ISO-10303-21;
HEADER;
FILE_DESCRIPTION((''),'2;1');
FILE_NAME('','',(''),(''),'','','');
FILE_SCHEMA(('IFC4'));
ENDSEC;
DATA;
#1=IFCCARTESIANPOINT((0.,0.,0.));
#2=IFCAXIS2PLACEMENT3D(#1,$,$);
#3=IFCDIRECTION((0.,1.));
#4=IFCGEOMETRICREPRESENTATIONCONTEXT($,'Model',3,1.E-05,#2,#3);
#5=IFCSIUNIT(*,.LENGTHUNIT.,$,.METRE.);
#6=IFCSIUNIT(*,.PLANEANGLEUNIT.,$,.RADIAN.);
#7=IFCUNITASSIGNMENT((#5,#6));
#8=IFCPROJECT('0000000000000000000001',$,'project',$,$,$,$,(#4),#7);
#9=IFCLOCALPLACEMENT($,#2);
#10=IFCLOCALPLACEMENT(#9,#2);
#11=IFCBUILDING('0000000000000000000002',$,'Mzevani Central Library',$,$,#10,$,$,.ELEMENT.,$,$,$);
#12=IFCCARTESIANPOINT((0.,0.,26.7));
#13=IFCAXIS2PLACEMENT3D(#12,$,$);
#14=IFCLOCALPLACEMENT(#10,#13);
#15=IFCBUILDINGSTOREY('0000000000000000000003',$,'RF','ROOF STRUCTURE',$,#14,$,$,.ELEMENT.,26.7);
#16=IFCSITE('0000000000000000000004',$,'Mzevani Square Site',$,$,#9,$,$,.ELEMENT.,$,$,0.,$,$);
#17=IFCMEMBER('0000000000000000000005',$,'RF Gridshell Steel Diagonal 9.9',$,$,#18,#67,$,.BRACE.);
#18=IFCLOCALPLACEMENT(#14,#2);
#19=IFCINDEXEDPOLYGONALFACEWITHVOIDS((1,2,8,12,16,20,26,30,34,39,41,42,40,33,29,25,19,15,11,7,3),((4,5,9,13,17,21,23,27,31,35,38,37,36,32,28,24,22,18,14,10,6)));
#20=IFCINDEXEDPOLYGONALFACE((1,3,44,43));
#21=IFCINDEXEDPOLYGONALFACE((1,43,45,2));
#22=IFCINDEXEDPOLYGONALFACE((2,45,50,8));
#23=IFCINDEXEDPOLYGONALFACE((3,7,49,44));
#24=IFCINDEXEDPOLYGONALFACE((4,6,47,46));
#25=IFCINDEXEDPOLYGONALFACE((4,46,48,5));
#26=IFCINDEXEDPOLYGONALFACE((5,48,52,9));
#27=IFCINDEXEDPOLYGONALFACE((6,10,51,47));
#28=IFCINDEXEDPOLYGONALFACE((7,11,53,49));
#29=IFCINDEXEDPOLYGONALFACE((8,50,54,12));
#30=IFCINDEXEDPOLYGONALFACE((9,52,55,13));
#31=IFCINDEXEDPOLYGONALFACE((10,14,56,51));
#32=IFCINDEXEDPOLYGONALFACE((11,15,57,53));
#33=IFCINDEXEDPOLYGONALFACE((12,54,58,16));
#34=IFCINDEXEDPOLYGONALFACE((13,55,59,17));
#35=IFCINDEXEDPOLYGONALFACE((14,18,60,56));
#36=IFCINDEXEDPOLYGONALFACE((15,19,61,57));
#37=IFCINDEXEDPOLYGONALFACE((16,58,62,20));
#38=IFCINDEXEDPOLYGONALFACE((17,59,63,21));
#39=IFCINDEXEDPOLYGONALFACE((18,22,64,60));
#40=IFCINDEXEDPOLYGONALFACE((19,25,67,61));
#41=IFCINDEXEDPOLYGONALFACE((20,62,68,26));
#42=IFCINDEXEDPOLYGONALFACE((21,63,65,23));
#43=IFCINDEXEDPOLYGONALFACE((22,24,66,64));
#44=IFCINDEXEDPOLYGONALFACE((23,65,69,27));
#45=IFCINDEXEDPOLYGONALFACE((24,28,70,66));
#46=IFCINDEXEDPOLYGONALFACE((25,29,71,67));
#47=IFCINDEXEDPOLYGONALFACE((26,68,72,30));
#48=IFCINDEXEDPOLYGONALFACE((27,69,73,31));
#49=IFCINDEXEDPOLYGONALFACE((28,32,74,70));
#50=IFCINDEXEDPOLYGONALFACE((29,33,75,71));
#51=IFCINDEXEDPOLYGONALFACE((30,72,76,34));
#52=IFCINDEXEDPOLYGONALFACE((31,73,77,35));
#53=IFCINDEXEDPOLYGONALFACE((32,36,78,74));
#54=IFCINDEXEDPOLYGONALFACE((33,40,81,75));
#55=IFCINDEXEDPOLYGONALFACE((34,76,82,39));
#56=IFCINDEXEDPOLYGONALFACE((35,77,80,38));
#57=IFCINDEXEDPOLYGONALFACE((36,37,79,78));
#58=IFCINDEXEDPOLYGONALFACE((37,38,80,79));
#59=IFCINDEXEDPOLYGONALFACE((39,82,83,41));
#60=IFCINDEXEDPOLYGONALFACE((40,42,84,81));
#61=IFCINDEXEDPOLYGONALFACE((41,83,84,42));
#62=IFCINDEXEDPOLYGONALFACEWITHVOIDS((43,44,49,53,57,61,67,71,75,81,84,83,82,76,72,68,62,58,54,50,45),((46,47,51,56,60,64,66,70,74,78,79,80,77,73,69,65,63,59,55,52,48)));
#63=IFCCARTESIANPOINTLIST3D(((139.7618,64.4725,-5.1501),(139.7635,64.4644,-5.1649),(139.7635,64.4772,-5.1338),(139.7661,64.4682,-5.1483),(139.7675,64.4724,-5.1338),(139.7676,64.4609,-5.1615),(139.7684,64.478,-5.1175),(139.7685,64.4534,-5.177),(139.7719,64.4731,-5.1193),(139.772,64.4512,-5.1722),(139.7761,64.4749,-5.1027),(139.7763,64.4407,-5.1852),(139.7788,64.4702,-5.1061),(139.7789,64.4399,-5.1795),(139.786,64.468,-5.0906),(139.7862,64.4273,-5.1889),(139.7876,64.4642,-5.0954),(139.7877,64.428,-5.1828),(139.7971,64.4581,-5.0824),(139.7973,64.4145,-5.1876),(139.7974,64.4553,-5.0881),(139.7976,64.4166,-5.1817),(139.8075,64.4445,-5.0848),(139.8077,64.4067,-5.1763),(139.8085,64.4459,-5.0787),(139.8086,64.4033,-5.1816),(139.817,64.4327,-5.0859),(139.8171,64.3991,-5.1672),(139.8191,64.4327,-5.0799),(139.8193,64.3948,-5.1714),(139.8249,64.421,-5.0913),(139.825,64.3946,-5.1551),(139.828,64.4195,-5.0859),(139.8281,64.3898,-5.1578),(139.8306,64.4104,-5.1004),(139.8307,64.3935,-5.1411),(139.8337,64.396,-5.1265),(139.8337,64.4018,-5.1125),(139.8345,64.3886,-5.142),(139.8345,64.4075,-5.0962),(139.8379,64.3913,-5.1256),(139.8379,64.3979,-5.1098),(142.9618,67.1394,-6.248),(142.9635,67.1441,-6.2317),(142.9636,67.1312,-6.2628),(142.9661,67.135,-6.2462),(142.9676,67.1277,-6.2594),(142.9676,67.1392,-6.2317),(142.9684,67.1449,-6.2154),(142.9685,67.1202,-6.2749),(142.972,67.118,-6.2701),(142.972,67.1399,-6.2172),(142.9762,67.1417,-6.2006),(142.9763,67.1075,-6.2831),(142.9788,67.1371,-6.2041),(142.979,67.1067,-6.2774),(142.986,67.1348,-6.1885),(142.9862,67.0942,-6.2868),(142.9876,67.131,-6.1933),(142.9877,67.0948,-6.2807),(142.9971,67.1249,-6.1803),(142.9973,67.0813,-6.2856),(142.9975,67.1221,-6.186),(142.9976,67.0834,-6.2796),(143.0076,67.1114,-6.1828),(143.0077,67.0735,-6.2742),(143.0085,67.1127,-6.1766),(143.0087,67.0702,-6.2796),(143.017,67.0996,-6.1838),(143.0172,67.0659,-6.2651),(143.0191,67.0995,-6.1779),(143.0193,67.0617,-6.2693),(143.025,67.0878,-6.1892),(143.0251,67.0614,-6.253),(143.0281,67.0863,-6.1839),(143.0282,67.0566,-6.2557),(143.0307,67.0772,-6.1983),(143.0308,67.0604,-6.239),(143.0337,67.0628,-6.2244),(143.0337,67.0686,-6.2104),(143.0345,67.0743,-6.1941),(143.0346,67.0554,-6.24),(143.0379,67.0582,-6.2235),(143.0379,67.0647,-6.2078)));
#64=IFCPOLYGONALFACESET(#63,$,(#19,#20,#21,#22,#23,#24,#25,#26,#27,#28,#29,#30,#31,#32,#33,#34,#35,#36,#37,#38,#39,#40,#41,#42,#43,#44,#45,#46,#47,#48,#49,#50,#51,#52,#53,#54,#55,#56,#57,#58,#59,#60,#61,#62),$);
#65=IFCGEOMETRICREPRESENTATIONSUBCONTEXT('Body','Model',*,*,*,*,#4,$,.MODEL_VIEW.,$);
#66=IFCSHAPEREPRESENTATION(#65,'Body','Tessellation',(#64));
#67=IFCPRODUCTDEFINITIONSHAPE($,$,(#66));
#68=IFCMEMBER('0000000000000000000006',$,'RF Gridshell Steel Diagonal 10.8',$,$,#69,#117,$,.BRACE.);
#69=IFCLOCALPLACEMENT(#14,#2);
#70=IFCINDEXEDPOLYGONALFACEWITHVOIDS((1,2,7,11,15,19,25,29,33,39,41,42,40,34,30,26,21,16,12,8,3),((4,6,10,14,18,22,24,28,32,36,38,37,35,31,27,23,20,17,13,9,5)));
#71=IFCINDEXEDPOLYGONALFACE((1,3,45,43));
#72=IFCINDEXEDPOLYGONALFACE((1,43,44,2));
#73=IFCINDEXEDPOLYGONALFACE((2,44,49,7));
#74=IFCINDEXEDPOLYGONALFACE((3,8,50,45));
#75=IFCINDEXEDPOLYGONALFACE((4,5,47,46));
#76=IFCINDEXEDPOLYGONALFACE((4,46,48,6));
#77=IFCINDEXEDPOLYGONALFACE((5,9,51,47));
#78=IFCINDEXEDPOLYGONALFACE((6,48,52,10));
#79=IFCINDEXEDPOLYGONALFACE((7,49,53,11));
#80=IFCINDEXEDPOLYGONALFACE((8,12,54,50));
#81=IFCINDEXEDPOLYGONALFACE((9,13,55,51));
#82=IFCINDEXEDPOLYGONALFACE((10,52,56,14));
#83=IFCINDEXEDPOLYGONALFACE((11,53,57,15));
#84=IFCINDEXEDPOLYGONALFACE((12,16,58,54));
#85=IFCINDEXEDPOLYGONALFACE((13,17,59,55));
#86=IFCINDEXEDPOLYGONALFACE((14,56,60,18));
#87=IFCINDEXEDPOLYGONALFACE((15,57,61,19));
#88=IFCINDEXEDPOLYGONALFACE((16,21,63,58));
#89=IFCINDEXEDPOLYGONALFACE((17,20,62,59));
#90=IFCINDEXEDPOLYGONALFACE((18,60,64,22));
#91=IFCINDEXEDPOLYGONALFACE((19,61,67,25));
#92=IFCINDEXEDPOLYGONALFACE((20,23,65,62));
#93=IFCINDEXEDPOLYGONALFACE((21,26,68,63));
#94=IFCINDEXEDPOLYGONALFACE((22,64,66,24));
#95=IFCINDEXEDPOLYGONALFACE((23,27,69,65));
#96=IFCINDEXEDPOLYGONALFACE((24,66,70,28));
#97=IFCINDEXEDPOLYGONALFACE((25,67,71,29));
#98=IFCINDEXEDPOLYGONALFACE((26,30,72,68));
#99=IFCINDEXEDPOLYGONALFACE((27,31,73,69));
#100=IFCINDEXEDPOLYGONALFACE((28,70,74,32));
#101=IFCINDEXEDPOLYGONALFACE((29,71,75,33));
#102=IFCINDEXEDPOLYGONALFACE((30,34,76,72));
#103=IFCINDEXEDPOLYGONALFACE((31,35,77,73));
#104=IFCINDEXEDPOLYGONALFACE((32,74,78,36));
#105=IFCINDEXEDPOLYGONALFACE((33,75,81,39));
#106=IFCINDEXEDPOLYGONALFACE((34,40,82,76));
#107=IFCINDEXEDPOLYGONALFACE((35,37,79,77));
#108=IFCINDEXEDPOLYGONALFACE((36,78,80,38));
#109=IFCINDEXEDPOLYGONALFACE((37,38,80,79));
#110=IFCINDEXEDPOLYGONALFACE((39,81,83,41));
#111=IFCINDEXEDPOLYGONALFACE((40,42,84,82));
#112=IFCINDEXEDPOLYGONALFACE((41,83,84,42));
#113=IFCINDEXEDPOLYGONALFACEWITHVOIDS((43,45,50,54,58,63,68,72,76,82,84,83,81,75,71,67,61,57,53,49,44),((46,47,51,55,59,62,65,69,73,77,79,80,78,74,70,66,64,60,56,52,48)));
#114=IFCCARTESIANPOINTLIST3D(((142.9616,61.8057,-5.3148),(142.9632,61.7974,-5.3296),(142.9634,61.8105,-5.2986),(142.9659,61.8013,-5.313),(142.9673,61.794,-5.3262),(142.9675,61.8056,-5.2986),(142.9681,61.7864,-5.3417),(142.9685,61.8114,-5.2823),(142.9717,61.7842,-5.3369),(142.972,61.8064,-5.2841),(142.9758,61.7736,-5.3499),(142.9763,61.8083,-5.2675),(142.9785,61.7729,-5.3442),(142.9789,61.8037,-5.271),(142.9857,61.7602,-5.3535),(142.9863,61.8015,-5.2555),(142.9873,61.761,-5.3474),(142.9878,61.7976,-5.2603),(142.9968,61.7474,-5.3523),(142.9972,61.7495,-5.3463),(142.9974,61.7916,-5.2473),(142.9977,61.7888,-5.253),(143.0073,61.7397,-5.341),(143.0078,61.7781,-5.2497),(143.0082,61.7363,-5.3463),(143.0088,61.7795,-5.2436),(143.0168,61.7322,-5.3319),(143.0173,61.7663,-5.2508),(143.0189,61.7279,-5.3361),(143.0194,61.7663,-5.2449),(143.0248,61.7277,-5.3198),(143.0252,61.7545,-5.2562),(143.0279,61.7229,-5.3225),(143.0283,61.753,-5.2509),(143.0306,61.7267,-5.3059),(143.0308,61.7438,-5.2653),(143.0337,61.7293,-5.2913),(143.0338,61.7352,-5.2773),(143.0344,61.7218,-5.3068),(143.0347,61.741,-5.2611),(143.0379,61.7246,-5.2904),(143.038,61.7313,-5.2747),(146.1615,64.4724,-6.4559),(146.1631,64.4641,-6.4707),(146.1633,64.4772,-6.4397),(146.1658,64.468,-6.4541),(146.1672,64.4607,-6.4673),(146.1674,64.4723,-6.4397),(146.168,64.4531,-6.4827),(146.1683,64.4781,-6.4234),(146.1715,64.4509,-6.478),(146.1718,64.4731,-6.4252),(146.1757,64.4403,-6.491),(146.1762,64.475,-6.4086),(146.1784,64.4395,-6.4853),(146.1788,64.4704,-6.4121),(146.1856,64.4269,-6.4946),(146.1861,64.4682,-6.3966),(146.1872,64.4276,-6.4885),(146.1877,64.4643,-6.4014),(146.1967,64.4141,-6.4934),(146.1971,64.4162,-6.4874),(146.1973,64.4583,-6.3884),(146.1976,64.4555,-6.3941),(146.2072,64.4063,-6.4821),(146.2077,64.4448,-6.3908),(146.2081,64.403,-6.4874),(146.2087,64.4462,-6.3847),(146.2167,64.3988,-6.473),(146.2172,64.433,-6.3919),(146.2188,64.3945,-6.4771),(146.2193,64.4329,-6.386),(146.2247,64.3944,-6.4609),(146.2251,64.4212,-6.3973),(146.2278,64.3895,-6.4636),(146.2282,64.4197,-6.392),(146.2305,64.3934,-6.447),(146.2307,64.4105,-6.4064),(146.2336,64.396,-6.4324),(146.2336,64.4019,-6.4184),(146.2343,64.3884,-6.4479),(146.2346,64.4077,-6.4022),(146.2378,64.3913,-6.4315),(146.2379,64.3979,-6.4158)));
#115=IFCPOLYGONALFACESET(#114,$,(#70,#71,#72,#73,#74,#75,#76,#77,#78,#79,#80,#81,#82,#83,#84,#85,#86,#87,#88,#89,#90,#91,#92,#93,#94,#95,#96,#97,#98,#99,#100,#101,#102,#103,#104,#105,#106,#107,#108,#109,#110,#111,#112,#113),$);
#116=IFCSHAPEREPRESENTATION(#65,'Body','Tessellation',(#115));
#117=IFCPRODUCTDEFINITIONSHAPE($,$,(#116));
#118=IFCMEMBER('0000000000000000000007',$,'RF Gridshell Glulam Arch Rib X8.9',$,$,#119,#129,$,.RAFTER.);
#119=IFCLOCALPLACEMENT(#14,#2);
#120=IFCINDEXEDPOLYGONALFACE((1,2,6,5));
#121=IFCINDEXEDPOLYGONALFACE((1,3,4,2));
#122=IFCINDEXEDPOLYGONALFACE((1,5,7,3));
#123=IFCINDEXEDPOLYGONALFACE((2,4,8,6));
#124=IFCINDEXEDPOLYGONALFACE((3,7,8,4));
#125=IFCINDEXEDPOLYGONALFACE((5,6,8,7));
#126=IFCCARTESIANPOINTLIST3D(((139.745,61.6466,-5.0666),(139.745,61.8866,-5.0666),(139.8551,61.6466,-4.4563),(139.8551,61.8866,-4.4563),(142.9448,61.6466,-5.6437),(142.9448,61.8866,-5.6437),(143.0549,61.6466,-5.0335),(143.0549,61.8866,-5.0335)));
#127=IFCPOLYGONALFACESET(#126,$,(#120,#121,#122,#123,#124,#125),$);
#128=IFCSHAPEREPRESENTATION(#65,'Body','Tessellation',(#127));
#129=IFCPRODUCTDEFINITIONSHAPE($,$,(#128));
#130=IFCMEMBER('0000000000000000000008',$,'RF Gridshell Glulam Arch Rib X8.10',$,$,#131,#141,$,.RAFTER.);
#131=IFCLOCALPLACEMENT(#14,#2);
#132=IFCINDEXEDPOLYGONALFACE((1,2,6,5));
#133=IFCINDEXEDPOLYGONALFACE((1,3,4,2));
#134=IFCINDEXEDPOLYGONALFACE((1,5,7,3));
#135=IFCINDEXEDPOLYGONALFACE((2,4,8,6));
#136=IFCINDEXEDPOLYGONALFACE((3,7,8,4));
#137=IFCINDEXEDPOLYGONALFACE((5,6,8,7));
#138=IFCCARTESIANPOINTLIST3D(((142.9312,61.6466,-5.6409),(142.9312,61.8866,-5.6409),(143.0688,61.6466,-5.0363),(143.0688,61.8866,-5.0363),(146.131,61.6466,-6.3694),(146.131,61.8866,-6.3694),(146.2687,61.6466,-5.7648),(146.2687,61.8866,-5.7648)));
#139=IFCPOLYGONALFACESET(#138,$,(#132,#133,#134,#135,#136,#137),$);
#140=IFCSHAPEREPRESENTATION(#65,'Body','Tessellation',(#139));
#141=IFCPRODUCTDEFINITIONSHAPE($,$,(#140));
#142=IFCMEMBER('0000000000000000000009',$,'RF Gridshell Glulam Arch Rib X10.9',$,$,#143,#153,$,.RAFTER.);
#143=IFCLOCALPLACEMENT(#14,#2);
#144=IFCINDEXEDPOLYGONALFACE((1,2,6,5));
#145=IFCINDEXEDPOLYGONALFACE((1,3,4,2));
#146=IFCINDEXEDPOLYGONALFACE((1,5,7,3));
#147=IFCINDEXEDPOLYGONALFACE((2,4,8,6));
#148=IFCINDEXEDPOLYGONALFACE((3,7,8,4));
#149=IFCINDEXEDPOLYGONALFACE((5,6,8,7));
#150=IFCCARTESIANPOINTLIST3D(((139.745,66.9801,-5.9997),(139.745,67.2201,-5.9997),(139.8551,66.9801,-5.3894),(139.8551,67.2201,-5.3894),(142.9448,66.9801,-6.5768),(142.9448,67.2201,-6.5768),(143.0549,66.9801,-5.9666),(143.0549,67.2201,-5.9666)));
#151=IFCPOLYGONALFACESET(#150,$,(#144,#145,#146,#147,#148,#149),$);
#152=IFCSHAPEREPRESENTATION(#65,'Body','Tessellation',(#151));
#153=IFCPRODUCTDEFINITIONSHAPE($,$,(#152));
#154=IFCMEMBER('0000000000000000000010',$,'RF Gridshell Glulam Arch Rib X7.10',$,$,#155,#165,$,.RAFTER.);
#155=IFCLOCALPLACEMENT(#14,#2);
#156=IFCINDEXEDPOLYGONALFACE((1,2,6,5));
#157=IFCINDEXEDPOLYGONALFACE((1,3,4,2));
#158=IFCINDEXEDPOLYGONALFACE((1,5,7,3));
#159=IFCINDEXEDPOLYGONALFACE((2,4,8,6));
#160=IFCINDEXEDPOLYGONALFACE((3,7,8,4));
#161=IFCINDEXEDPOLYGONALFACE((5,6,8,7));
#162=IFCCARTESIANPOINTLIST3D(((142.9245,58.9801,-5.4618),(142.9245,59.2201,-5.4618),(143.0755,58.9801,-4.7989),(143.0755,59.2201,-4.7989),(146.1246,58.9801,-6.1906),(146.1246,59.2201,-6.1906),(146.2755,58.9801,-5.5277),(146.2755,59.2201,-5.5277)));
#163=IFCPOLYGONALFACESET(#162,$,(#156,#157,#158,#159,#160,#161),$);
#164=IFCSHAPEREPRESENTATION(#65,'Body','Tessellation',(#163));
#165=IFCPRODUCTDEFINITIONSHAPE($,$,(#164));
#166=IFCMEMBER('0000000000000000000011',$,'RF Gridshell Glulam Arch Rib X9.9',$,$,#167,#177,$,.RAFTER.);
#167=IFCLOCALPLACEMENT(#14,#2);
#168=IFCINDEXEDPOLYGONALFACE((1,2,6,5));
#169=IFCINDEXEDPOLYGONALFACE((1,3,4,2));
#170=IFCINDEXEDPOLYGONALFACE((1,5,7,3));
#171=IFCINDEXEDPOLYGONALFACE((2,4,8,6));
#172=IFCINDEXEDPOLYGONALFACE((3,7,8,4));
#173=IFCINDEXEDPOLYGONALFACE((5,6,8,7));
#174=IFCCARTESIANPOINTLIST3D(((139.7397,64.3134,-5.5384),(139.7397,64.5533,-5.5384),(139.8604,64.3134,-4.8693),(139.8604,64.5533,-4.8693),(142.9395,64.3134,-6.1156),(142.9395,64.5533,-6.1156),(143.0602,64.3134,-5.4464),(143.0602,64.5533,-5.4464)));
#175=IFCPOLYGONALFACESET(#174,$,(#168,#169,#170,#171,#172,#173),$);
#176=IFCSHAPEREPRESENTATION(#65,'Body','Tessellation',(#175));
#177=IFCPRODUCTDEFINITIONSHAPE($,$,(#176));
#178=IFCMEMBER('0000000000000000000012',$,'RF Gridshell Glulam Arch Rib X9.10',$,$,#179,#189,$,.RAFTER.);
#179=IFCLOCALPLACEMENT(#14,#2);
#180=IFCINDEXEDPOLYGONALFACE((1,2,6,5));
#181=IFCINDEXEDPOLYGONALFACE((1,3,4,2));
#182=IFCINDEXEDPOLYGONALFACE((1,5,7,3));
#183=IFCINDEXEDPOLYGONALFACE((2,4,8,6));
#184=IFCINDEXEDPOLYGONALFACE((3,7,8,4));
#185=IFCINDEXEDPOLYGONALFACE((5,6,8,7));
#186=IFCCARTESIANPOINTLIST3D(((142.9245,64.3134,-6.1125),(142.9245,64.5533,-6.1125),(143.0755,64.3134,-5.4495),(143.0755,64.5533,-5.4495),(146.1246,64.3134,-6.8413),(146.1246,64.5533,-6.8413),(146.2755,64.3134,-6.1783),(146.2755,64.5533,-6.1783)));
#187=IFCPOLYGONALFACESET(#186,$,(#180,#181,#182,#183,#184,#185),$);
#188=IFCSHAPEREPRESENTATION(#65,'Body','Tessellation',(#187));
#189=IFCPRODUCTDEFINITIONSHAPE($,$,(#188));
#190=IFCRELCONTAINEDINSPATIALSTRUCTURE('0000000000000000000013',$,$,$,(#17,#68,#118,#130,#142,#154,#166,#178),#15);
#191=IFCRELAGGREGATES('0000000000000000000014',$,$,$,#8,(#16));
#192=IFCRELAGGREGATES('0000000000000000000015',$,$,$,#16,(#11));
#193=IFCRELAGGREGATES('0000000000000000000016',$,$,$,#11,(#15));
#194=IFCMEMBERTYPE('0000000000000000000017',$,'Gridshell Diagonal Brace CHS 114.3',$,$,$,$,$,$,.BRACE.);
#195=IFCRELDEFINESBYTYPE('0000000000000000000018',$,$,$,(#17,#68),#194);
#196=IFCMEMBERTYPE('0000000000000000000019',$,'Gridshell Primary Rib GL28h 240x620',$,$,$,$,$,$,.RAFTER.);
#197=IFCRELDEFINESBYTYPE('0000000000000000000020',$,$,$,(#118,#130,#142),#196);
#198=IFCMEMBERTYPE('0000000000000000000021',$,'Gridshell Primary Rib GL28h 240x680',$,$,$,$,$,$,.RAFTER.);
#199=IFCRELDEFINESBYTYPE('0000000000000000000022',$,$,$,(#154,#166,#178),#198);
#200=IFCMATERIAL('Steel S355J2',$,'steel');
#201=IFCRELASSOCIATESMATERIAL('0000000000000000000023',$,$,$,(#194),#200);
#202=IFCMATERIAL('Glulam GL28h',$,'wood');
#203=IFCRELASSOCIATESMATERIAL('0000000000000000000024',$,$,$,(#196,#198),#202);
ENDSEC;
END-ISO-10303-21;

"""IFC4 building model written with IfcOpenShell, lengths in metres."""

from ifc_helpers import new_model, si_unit, direction, frame, origin, origin_2d, place, context, subcontext, project, spatial, rectangle, hollow_circle, extrude, material, material_profile, profile_set, type_object, element, save


model = new_model("IFC4")

# Units and contexts
model_context = context("Model", 3, precision=1e-05, world=origin(), true_north=direction((0.0, 1.0)))
body_context = subcontext(model_context, "Body", "Model", "MODEL_VIEW")
ifc_project = project(units=[si_unit("LENGTHUNIT", "METRE"), si_unit("PLANEANGLEUNIT", "RADIAN")], contexts=[model_context])

# Site, building, storey
site_placement = place(None, origin())
site = spatial("IfcSite", under=ifc_project, at=site_placement, Name="Mzevani Square Site", CompositionType="ELEMENT", RefElevation=0.0)
building_placement = place(site_placement, origin())
building = spatial("IfcBuilding", under=site, at=building_placement, Name="Mzevani Central Library", CompositionType="ELEMENT")
storey_placement = place(building_placement, frame((0.0, 0.0, 26.7)))
storey = spatial("IfcBuildingStorey", under=building, at=storey_placement, Name="RF", Description="ROOF STRUCTURE", CompositionType="ELEMENT", Elevation=26.7)

# Members
ifc_material_1 = material(Name="Steel S355J2", Category="steel")
ifc_material_profile_1 = material_profile(ifc_material_1, hollow_circle(Radius=0.0571, WallThickness=0.0063, at=origin_2d()), Name="CHS 114.3x6.3")
ifc_profile_set_1 = profile_set([ifc_material_profile_1], Name="Steel S355J2")
member_type_1 = type_object("IfcMemberType", Name="Gridshell Diagonal Brace CHS 114.3", PredefinedType="BRACE", material=ifc_profile_set_1)
member_1_placement = place(storey_placement, frame((139.8, 64.4333, -5.1338), z_axis=(0.742838, 0.61906, -0.254867), x_axis=(-0.640202, 0.768207, 0.0)))
element("IfcMember", 1, at=member_1_placement, inside=storey, type_object=member_type_1, Name="RF Gridshell Steel Diagonal 9.9", PredefinedType="BRACE", context=body_context, shape_type="SweptSolid", body=[
    extrude(hollow_circle(Radius=0.0571, WallThickness=0.0063, at=origin_2d()), origin(), (0.0, 0.0, 1.0), 4.3079),
])
member_2_placement = place(storey_placement, frame((143.0, 61.7666, -5.2986), z_axis=(0.740909, 0.617452, -0.264211), x_axis=(-0.640202, 0.768207, 0.0)))
element("IfcMember", 2, at=member_2_placement, inside=storey, type_object=member_type_1, Name="RF Gridshell Steel Diagonal 10.8", PredefinedType="BRACE", context=body_context, shape_type="SweptSolid", body=[
    extrude(hollow_circle(Radius=0.0571, WallThickness=0.0063, at=origin_2d()), origin(), (0.0, 0.0, 1.0), 4.3188),
])
ifc_material_2 = material(Name="Glulam GL28h", Category="wood")
ifc_material_profile_2 = material_profile(ifc_material_2, rectangle(XDim=0.24, YDim=0.6201, at=origin_2d()), Name="GL28h 240x620")
ifc_profile_set_2 = profile_set([ifc_material_profile_2], Name="Glulam GL28h")
member_type_2 = type_object("IfcMemberType", Name="Gridshell Primary Rib GL28h 240x620", PredefinedType="RAFTER", material=ifc_profile_set_2)
member_3_placement = place(storey_placement, frame((139.8, 61.7666, -4.7615), z_axis=(0.984121, 0.0, -0.177498), x_axis=(0.0, 1.0, 0.0)))
element("IfcMember", 3, at=member_3_placement, inside=storey, type_object=member_type_2, Name="RF Gridshell Glulam Arch Rib X8.9", PredefinedType="RAFTER", context=body_context, shape_type="SweptSolid", body=[
    extrude(rectangle(XDim=0.24, YDim=0.6201, at=origin_2d()), origin(), (0.0, 0.0, 1.0), 3.2515),
])
member_4_placement = place(storey_placement, frame((143.0, 61.7666, -5.3386), z_axis=(0.97505, 0.0, -0.221984), x_axis=(0.0, 1.0, 0.0)))
element("IfcMember", 4, at=member_4_placement, inside=storey, type_object=member_type_2, Name="RF Gridshell Glulam Arch Rib X8.10", PredefinedType="RAFTER", context=body_context, shape_type="SweptSolid", body=[
    extrude(rectangle(XDim=0.24, YDim=0.6201, at=origin_2d()), origin(), (0.0, 0.0, 1.0), 3.2817),
])
member_5_placement = place(storey_placement, frame((139.8, 67.1001, -5.6946), z_axis=(0.984121, 0.0, -0.177498), x_axis=(0.0, 1.0, 0.0)))
element("IfcMember", 5, at=member_5_placement, inside=storey, type_object=member_type_2, Name="RF Gridshell Glulam Arch Rib X10.9", PredefinedType="RAFTER", context=body_context, shape_type="SweptSolid", body=[
    extrude(rectangle(XDim=0.24, YDim=0.6201, at=origin_2d()), origin(), (0.0, 0.0, 1.0), 3.2515),
])
ifc_material_profile_3 = material_profile(ifc_material_2, rectangle(XDim=0.24, YDim=0.6799, at=origin_2d()), Name="GL28h 240x680")
ifc_profile_set_3 = profile_set([ifc_material_profile_3], Name="Glulam GL28h")
member_type_3 = type_object("IfcMemberType", Name="Gridshell Primary Rib GL28h 240x680", PredefinedType="RAFTER", material=ifc_profile_set_3)
member_6_placement = place(storey_placement, frame((143.0, 59.1001, -5.1304), z_axis=(0.975034, 0.0, -0.222055), x_axis=(0.0, 1.0, 0.0)))
element("IfcMember", 6, at=member_6_placement, inside=storey, type_object=member_type_3, Name="RF Gridshell Glulam Arch Rib X7.10", PredefinedType="RAFTER", context=body_context, shape_type="SweptSolid", body=[
    extrude(rectangle(XDim=0.24, YDim=0.6799, at=origin_2d()), origin(), (0.0, 0.0, 1.0), 3.282),
])
member_7_placement = place(storey_placement, frame((139.8, 64.4333, -5.2039), z_axis=(0.984121, 0.0, -0.177498), x_axis=(0.0, 1.0, 0.0)))
element("IfcMember", 7, at=member_7_placement, inside=storey, type_object=member_type_3, Name="RF Gridshell Glulam Arch Rib X9.9", PredefinedType="RAFTER", context=body_context, shape_type="SweptSolid", body=[
    extrude(rectangle(XDim=0.24, YDim=0.6799, at=origin_2d()), origin(), (0.0, 0.0, 1.0), 3.2515),
])
member_8_placement = place(storey_placement, frame((143.0, 64.4333, -5.781), z_axis=(0.975034, 0.0, -0.222055), x_axis=(0.0, 1.0, 0.0)))
element("IfcMember", 8, at=member_8_placement, inside=storey, type_object=member_type_3, Name="RF Gridshell Glulam Arch Rib X9.10", PredefinedType="RAFTER", context=body_context, shape_type="SweptSolid", body=[
    extrude(rectangle(XDim=0.24, YDim=0.6799, at=origin_2d()), origin(), (0.0, 0.0, 1.0), 3.282),
])

save(model, "model.ifc")
